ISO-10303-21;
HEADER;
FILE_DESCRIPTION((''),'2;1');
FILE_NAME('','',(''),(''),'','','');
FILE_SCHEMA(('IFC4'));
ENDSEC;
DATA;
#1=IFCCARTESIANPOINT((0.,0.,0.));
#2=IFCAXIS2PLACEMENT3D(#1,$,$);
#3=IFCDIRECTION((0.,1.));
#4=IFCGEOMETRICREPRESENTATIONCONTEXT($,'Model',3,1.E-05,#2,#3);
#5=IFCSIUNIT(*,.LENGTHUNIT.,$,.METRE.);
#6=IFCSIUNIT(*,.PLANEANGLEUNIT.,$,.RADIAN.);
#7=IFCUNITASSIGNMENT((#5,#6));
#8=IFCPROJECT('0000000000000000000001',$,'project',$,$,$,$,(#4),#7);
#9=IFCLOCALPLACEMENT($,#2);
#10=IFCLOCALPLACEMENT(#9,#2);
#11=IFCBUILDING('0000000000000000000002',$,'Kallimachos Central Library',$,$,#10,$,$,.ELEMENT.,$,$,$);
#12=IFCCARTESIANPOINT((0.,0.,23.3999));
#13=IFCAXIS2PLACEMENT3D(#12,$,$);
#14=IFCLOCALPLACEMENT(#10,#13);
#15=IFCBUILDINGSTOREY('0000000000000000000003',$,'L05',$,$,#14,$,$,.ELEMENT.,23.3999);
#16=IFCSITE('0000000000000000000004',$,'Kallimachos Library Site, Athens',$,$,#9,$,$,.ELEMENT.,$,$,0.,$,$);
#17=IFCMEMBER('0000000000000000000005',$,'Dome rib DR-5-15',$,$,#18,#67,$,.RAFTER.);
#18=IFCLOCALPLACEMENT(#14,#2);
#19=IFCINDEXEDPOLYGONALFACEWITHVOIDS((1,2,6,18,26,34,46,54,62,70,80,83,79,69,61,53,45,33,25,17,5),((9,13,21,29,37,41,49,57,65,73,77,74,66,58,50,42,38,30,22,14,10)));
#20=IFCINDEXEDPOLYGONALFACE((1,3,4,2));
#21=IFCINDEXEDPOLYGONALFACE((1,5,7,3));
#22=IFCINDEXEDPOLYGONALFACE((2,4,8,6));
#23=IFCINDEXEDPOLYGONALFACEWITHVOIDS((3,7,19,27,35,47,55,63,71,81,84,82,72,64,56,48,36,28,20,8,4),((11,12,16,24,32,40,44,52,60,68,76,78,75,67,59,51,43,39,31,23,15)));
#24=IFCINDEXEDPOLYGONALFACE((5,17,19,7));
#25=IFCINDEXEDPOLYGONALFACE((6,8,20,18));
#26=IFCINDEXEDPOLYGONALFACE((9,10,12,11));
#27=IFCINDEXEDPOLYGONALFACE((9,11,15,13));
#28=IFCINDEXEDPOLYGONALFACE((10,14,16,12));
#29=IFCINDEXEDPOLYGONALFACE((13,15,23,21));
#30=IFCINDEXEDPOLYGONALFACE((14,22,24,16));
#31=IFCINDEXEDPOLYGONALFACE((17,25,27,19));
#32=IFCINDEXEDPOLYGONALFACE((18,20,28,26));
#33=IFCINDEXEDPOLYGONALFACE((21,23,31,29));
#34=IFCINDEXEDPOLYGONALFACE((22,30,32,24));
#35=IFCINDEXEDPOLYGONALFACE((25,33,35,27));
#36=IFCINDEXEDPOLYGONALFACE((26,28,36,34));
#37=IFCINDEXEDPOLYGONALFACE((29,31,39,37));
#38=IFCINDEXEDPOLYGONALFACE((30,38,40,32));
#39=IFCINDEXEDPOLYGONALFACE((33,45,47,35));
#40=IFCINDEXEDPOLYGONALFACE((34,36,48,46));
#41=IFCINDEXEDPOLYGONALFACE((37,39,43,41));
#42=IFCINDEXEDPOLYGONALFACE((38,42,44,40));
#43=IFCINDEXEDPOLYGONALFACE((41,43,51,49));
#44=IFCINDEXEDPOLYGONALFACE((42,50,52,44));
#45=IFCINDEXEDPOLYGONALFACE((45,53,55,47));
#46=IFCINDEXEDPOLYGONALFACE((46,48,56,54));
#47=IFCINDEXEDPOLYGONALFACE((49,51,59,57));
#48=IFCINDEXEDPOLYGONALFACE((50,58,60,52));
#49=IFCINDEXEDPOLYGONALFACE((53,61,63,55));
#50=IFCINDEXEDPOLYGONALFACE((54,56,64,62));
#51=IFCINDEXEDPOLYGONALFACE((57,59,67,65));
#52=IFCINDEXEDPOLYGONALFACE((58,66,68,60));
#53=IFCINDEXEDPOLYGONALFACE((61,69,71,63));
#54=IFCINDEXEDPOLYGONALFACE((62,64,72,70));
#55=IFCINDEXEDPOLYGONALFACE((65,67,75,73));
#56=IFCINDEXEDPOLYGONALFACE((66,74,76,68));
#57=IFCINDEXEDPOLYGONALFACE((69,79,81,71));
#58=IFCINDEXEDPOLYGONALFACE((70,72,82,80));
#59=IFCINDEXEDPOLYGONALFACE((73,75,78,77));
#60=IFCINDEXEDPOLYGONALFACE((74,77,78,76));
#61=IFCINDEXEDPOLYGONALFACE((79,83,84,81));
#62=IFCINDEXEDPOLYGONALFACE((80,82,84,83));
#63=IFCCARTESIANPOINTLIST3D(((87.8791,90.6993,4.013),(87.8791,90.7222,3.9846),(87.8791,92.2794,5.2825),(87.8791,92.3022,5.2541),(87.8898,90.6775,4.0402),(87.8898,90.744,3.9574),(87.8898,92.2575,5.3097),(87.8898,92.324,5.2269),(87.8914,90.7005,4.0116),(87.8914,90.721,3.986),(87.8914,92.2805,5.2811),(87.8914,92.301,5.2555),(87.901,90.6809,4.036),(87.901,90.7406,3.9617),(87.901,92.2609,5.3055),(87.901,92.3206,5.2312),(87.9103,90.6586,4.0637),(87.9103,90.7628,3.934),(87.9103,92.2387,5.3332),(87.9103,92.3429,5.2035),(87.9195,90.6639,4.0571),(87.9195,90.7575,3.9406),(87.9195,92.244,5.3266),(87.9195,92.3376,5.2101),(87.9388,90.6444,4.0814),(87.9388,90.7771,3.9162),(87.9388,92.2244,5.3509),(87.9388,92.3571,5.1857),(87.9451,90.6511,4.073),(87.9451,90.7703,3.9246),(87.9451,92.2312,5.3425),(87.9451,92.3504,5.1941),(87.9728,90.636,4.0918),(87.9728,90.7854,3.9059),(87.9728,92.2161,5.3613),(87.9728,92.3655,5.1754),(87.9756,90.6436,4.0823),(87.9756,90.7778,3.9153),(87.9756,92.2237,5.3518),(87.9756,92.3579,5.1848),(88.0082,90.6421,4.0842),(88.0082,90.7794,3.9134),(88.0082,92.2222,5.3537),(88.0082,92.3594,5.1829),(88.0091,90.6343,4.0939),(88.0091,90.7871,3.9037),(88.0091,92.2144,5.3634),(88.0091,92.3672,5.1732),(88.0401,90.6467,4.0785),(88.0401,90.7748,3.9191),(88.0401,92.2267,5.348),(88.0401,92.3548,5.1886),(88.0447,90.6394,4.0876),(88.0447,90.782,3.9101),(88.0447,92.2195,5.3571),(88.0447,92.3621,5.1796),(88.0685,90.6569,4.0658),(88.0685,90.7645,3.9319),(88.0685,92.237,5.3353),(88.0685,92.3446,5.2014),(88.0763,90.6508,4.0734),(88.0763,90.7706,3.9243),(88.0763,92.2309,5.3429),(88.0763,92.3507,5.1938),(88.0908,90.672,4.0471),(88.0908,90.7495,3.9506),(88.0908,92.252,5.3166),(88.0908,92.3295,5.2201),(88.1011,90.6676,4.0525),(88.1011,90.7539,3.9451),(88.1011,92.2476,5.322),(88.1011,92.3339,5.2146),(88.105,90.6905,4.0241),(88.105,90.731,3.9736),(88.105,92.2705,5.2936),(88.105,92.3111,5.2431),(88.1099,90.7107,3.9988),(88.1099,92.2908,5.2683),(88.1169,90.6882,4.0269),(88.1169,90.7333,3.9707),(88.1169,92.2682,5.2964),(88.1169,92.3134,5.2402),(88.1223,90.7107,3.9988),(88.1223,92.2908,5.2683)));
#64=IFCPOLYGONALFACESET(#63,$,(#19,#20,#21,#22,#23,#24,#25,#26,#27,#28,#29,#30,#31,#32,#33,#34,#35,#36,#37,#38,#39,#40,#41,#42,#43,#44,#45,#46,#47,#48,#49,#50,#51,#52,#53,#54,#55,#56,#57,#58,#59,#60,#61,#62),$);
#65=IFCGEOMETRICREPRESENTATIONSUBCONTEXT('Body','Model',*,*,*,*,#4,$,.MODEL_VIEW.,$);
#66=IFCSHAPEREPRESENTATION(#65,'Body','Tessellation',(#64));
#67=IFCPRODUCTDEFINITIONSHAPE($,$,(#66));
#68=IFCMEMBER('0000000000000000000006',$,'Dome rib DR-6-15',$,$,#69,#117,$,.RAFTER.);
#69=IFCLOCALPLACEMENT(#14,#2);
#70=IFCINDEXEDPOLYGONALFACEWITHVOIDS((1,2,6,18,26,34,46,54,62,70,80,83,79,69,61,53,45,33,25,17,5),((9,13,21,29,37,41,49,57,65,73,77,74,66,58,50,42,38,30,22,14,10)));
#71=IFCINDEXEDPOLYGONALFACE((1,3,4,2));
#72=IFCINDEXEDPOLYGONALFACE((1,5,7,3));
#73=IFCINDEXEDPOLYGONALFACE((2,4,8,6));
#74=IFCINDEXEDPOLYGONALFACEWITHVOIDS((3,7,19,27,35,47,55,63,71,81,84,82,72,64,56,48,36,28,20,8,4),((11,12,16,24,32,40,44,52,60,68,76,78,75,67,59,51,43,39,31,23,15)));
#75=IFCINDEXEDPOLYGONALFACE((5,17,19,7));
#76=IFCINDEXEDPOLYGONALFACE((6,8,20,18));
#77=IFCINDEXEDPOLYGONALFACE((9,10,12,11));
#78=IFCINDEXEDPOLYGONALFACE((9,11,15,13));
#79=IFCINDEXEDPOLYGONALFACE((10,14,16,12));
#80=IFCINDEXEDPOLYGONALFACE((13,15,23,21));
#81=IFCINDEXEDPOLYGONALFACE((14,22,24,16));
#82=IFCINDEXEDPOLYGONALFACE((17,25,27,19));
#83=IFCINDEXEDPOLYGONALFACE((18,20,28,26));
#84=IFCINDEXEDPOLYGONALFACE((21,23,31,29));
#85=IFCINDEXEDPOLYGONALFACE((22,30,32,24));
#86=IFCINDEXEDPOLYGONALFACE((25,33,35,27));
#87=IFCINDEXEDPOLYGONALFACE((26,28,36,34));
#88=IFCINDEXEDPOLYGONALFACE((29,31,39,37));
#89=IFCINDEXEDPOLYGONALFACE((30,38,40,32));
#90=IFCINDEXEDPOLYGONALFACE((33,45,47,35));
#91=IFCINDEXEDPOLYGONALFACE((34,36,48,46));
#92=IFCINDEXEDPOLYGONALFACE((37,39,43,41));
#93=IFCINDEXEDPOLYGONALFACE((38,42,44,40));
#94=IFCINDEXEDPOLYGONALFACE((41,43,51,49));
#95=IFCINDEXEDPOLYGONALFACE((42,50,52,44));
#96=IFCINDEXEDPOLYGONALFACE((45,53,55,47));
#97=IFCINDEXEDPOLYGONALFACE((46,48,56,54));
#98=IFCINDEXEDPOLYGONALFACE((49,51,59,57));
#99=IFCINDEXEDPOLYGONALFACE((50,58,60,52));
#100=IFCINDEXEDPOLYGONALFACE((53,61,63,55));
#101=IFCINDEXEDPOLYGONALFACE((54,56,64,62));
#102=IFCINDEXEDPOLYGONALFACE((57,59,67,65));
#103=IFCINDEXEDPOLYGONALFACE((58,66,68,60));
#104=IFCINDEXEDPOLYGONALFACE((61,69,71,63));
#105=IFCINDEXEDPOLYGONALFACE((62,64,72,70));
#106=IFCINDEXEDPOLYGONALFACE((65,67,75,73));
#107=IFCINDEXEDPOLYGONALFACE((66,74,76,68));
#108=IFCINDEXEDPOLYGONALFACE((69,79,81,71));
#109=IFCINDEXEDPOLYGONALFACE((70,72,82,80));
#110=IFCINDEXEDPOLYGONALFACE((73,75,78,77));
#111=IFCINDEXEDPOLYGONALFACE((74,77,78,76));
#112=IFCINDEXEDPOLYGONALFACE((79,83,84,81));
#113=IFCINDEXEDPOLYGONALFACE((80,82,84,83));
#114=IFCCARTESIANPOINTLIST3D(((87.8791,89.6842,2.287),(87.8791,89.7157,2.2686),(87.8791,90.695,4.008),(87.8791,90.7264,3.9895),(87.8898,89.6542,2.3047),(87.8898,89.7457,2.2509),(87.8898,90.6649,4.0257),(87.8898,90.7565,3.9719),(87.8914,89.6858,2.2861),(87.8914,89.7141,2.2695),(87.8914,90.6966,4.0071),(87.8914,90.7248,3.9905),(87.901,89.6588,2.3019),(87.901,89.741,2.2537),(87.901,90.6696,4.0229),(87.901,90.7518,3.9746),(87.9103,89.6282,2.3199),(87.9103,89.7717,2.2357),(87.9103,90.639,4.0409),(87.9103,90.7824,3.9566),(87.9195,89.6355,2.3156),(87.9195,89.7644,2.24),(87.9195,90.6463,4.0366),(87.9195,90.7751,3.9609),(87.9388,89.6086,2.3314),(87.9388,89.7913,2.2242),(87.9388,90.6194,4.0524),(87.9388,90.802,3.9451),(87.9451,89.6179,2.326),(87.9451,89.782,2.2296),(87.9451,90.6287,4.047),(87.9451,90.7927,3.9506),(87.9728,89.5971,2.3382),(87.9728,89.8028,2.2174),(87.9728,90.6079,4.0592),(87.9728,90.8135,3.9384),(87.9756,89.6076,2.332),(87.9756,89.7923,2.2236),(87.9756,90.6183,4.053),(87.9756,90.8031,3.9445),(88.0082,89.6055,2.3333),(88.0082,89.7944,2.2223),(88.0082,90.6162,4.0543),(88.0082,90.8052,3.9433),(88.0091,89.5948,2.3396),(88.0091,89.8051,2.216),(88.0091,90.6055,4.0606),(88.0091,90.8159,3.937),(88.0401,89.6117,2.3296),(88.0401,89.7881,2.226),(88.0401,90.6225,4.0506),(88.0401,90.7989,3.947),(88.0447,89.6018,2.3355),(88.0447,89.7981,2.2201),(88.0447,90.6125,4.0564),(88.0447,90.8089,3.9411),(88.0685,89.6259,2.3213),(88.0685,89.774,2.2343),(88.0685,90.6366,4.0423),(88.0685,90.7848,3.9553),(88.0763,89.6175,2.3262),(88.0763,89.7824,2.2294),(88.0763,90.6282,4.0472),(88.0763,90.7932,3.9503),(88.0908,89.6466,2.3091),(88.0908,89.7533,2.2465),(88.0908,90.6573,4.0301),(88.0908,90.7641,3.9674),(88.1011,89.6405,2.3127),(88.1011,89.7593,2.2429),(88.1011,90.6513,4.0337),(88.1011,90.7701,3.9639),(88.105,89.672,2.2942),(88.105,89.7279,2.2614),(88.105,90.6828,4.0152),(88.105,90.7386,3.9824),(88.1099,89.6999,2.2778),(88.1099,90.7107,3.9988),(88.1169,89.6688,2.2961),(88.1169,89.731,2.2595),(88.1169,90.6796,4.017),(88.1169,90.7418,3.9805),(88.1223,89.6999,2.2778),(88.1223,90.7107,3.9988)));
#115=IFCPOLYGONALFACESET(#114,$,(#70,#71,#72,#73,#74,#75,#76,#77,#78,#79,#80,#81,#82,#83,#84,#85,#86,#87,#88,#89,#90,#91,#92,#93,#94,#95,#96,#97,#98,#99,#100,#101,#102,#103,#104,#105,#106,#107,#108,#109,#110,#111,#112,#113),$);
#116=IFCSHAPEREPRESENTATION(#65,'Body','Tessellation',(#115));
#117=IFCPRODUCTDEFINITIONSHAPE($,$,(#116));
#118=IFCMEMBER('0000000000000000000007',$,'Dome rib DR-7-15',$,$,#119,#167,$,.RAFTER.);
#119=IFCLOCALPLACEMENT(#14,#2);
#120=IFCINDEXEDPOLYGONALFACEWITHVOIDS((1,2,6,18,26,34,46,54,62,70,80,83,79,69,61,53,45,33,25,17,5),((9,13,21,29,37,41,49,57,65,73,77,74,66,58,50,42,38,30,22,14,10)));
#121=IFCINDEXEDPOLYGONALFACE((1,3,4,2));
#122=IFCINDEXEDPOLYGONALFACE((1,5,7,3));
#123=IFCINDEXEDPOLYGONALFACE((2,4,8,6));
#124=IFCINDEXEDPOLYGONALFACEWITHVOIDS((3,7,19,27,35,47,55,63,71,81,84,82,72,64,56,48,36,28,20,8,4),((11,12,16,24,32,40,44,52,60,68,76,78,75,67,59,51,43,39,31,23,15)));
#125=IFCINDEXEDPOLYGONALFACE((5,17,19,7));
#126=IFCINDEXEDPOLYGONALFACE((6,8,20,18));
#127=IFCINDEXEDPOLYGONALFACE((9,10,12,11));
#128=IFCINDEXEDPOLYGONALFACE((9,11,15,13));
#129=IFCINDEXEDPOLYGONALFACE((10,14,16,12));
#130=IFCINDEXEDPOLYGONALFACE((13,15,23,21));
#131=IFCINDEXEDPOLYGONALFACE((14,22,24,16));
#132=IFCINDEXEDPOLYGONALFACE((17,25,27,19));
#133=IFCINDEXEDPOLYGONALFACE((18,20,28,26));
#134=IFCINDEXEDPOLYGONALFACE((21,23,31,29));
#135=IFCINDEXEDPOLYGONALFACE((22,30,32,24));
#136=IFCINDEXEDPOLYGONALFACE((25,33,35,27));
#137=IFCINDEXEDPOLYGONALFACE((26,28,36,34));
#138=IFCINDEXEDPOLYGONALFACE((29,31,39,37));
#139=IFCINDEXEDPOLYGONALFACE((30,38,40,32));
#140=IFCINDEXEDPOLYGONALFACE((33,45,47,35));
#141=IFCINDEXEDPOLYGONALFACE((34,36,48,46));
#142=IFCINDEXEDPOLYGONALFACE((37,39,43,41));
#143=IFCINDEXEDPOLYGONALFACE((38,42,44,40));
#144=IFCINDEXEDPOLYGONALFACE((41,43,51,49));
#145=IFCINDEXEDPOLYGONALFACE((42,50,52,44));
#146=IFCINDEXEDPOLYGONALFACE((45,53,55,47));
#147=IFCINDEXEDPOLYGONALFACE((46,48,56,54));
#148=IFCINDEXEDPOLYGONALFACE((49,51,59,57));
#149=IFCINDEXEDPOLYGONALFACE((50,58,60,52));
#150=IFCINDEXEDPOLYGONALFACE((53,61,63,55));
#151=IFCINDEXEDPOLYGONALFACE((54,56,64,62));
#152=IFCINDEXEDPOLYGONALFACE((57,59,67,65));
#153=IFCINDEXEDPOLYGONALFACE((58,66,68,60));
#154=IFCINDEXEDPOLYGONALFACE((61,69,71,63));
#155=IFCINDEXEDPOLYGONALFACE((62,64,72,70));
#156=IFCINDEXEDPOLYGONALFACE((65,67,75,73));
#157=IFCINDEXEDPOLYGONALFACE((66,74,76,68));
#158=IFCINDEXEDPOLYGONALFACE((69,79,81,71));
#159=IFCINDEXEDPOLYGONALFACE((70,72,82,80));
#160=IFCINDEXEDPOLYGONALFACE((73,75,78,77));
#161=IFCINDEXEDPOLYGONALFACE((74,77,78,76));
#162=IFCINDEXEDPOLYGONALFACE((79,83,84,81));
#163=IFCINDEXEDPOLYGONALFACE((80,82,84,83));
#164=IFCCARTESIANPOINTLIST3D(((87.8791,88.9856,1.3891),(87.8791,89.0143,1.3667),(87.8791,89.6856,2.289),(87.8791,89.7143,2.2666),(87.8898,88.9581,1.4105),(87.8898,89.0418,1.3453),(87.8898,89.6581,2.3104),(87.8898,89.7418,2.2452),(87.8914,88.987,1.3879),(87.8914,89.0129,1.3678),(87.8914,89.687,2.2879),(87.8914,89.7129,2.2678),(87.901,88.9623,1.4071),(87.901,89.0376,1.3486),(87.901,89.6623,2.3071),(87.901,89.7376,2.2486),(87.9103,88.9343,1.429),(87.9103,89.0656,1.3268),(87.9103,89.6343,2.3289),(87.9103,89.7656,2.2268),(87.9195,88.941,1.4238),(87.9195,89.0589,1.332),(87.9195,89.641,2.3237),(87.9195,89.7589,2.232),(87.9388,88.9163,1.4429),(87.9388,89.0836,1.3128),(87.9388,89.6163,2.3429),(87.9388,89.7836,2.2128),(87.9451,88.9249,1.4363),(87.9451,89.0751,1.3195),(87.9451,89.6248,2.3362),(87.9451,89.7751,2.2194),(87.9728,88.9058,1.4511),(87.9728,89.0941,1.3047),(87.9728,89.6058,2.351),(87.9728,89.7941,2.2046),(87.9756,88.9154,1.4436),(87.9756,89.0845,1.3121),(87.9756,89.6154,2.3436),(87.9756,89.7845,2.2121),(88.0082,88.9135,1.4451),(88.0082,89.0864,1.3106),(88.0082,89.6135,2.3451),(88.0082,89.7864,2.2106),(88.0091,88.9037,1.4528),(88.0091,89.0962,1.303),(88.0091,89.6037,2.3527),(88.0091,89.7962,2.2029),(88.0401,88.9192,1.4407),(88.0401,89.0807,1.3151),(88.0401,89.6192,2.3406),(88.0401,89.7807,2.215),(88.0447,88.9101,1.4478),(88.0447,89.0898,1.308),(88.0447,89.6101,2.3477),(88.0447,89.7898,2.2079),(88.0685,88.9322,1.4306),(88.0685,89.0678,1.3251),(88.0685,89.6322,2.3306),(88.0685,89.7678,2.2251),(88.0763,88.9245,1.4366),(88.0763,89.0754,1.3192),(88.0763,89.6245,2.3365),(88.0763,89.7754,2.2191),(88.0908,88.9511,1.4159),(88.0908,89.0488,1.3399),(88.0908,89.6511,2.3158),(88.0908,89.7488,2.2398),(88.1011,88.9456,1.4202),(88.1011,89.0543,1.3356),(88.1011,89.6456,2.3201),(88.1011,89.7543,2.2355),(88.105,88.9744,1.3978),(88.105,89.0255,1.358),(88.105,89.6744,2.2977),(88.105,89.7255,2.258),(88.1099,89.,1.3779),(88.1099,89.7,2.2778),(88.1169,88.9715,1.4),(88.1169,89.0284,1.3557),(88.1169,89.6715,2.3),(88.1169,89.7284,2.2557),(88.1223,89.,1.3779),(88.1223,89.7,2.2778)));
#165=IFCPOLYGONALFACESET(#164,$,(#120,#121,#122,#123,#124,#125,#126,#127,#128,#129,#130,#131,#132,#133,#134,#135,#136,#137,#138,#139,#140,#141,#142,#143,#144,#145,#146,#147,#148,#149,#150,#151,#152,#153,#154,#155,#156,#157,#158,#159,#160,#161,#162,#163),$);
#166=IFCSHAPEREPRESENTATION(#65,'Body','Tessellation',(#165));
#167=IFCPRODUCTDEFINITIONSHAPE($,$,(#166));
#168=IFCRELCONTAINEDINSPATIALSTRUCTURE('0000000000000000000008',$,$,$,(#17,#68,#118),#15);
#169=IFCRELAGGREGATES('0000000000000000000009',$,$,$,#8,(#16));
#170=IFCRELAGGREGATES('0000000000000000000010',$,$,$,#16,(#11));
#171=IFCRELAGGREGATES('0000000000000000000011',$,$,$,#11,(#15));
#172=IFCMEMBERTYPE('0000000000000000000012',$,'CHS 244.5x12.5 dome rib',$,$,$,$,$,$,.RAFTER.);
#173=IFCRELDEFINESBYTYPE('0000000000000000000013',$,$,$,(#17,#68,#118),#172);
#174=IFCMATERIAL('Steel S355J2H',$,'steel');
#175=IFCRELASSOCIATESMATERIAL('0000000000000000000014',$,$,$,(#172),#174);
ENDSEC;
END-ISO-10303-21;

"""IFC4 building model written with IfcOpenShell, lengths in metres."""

from ifc_helpers import new_model, si_unit, direction, frame, origin, origin_2d, place, context, subcontext, project, spatial, hollow_circle, extrude, material, material_profile, profile_set, type_object, element, save


model = new_model("IFC4")

# Units and contexts
model_context = context("Model", 3, precision=1e-05, world=origin(), true_north=direction((0.0, 1.0)))
body_context = subcontext(model_context, "Body", "Model", "MODEL_VIEW")
ifc_project = project(units=[si_unit("LENGTHUNIT", "METRE"), si_unit("PLANEANGLEUNIT", "RADIAN")], contexts=[model_context])

# Site, building, storey
site_placement = place(None, origin())
site = spatial("IfcSite", under=ifc_project, at=site_placement, Name="Kallimachos Library Site, Athens", CompositionType="ELEMENT", RefElevation=0.0)
building_placement = place(site_placement, origin())
building = spatial("IfcBuilding", under=site, at=building_placement, Name="Kallimachos Central Library", CompositionType="ELEMENT")
storey_placement = place(building_placement, frame((0.0, 0.0, 23.3999)))
storey = spatial("IfcBuildingStorey", under=building, at=storey_placement, Name="L05", CompositionType="ELEMENT", Elevation=23.3999)

# Members
ifc_material_1 = material(Name="Steel S355J2H", Category="steel")
ifc_material_profile_1 = material_profile(ifc_material_1, hollow_circle(Radius=0.1223, WallThickness=0.0125, at=origin_2d()), Name="CHS 244.5x12.5")
ifc_profile_set_1 = profile_set([ifc_material_profile_1], Name="Steel S355J2H")
member_type_1 = type_object("IfcMemberType", Name="CHS 244.5x12.5 dome rib", PredefinedType="RAFTER", material=ifc_profile_set_1)
member_1_placement = place(storey_placement, frame((88.0, 92.2908, 5.2683), z_axis=(0.0, -0.779551, -0.626339), x_axis=(1.0, 0.0, 0.0)))
element("IfcMember", 1, at=member_1_placement, inside=storey, type_object=member_type_1, Name="Dome rib DR-5-15", PredefinedType="RAFTER", context=body_context, shape_type="SweptSolid", body=[
    extrude(hollow_circle(Radius=0.1223, WallThickness=0.0125, at=origin_2d()), origin(), (0.0, 0.0, 1.0), 2.0269),
])
member_2_placement = place(storey_placement, frame((88.0, 90.7107, 3.9988), z_axis=(0.0, -0.506432, -0.86228), x_axis=(1.0, 0.0, 0.0)))
element("IfcMember", 2, at=member_2_placement, inside=storey, type_object=member_type_1, Name="Dome rib DR-6-15", PredefinedType="RAFTER", context=body_context, shape_type="SweptSolid", body=[
    extrude(hollow_circle(Radius=0.1223, WallThickness=0.0125, at=origin_2d()), origin(), (0.0, 0.0, 1.0), 1.9958),
])
member_3_placement = place(storey_placement, frame((88.0, 89.7, 2.2778), z_axis=(0.0, -0.613955, -0.789341), x_axis=(1.0, 0.0, 0.0)))
element("IfcMember", 3, at=member_3_placement, inside=storey, type_object=member_type_1, Name="Dome rib DR-7-15", PredefinedType="RAFTER", context=body_context, shape_type="SweptSolid", body=[
    extrude(hollow_circle(Radius=0.1223, WallThickness=0.0125, at=origin_2d()), origin(), (0.0, 0.0, 1.0), 1.1401),
])

save(model, "model.ifc")
